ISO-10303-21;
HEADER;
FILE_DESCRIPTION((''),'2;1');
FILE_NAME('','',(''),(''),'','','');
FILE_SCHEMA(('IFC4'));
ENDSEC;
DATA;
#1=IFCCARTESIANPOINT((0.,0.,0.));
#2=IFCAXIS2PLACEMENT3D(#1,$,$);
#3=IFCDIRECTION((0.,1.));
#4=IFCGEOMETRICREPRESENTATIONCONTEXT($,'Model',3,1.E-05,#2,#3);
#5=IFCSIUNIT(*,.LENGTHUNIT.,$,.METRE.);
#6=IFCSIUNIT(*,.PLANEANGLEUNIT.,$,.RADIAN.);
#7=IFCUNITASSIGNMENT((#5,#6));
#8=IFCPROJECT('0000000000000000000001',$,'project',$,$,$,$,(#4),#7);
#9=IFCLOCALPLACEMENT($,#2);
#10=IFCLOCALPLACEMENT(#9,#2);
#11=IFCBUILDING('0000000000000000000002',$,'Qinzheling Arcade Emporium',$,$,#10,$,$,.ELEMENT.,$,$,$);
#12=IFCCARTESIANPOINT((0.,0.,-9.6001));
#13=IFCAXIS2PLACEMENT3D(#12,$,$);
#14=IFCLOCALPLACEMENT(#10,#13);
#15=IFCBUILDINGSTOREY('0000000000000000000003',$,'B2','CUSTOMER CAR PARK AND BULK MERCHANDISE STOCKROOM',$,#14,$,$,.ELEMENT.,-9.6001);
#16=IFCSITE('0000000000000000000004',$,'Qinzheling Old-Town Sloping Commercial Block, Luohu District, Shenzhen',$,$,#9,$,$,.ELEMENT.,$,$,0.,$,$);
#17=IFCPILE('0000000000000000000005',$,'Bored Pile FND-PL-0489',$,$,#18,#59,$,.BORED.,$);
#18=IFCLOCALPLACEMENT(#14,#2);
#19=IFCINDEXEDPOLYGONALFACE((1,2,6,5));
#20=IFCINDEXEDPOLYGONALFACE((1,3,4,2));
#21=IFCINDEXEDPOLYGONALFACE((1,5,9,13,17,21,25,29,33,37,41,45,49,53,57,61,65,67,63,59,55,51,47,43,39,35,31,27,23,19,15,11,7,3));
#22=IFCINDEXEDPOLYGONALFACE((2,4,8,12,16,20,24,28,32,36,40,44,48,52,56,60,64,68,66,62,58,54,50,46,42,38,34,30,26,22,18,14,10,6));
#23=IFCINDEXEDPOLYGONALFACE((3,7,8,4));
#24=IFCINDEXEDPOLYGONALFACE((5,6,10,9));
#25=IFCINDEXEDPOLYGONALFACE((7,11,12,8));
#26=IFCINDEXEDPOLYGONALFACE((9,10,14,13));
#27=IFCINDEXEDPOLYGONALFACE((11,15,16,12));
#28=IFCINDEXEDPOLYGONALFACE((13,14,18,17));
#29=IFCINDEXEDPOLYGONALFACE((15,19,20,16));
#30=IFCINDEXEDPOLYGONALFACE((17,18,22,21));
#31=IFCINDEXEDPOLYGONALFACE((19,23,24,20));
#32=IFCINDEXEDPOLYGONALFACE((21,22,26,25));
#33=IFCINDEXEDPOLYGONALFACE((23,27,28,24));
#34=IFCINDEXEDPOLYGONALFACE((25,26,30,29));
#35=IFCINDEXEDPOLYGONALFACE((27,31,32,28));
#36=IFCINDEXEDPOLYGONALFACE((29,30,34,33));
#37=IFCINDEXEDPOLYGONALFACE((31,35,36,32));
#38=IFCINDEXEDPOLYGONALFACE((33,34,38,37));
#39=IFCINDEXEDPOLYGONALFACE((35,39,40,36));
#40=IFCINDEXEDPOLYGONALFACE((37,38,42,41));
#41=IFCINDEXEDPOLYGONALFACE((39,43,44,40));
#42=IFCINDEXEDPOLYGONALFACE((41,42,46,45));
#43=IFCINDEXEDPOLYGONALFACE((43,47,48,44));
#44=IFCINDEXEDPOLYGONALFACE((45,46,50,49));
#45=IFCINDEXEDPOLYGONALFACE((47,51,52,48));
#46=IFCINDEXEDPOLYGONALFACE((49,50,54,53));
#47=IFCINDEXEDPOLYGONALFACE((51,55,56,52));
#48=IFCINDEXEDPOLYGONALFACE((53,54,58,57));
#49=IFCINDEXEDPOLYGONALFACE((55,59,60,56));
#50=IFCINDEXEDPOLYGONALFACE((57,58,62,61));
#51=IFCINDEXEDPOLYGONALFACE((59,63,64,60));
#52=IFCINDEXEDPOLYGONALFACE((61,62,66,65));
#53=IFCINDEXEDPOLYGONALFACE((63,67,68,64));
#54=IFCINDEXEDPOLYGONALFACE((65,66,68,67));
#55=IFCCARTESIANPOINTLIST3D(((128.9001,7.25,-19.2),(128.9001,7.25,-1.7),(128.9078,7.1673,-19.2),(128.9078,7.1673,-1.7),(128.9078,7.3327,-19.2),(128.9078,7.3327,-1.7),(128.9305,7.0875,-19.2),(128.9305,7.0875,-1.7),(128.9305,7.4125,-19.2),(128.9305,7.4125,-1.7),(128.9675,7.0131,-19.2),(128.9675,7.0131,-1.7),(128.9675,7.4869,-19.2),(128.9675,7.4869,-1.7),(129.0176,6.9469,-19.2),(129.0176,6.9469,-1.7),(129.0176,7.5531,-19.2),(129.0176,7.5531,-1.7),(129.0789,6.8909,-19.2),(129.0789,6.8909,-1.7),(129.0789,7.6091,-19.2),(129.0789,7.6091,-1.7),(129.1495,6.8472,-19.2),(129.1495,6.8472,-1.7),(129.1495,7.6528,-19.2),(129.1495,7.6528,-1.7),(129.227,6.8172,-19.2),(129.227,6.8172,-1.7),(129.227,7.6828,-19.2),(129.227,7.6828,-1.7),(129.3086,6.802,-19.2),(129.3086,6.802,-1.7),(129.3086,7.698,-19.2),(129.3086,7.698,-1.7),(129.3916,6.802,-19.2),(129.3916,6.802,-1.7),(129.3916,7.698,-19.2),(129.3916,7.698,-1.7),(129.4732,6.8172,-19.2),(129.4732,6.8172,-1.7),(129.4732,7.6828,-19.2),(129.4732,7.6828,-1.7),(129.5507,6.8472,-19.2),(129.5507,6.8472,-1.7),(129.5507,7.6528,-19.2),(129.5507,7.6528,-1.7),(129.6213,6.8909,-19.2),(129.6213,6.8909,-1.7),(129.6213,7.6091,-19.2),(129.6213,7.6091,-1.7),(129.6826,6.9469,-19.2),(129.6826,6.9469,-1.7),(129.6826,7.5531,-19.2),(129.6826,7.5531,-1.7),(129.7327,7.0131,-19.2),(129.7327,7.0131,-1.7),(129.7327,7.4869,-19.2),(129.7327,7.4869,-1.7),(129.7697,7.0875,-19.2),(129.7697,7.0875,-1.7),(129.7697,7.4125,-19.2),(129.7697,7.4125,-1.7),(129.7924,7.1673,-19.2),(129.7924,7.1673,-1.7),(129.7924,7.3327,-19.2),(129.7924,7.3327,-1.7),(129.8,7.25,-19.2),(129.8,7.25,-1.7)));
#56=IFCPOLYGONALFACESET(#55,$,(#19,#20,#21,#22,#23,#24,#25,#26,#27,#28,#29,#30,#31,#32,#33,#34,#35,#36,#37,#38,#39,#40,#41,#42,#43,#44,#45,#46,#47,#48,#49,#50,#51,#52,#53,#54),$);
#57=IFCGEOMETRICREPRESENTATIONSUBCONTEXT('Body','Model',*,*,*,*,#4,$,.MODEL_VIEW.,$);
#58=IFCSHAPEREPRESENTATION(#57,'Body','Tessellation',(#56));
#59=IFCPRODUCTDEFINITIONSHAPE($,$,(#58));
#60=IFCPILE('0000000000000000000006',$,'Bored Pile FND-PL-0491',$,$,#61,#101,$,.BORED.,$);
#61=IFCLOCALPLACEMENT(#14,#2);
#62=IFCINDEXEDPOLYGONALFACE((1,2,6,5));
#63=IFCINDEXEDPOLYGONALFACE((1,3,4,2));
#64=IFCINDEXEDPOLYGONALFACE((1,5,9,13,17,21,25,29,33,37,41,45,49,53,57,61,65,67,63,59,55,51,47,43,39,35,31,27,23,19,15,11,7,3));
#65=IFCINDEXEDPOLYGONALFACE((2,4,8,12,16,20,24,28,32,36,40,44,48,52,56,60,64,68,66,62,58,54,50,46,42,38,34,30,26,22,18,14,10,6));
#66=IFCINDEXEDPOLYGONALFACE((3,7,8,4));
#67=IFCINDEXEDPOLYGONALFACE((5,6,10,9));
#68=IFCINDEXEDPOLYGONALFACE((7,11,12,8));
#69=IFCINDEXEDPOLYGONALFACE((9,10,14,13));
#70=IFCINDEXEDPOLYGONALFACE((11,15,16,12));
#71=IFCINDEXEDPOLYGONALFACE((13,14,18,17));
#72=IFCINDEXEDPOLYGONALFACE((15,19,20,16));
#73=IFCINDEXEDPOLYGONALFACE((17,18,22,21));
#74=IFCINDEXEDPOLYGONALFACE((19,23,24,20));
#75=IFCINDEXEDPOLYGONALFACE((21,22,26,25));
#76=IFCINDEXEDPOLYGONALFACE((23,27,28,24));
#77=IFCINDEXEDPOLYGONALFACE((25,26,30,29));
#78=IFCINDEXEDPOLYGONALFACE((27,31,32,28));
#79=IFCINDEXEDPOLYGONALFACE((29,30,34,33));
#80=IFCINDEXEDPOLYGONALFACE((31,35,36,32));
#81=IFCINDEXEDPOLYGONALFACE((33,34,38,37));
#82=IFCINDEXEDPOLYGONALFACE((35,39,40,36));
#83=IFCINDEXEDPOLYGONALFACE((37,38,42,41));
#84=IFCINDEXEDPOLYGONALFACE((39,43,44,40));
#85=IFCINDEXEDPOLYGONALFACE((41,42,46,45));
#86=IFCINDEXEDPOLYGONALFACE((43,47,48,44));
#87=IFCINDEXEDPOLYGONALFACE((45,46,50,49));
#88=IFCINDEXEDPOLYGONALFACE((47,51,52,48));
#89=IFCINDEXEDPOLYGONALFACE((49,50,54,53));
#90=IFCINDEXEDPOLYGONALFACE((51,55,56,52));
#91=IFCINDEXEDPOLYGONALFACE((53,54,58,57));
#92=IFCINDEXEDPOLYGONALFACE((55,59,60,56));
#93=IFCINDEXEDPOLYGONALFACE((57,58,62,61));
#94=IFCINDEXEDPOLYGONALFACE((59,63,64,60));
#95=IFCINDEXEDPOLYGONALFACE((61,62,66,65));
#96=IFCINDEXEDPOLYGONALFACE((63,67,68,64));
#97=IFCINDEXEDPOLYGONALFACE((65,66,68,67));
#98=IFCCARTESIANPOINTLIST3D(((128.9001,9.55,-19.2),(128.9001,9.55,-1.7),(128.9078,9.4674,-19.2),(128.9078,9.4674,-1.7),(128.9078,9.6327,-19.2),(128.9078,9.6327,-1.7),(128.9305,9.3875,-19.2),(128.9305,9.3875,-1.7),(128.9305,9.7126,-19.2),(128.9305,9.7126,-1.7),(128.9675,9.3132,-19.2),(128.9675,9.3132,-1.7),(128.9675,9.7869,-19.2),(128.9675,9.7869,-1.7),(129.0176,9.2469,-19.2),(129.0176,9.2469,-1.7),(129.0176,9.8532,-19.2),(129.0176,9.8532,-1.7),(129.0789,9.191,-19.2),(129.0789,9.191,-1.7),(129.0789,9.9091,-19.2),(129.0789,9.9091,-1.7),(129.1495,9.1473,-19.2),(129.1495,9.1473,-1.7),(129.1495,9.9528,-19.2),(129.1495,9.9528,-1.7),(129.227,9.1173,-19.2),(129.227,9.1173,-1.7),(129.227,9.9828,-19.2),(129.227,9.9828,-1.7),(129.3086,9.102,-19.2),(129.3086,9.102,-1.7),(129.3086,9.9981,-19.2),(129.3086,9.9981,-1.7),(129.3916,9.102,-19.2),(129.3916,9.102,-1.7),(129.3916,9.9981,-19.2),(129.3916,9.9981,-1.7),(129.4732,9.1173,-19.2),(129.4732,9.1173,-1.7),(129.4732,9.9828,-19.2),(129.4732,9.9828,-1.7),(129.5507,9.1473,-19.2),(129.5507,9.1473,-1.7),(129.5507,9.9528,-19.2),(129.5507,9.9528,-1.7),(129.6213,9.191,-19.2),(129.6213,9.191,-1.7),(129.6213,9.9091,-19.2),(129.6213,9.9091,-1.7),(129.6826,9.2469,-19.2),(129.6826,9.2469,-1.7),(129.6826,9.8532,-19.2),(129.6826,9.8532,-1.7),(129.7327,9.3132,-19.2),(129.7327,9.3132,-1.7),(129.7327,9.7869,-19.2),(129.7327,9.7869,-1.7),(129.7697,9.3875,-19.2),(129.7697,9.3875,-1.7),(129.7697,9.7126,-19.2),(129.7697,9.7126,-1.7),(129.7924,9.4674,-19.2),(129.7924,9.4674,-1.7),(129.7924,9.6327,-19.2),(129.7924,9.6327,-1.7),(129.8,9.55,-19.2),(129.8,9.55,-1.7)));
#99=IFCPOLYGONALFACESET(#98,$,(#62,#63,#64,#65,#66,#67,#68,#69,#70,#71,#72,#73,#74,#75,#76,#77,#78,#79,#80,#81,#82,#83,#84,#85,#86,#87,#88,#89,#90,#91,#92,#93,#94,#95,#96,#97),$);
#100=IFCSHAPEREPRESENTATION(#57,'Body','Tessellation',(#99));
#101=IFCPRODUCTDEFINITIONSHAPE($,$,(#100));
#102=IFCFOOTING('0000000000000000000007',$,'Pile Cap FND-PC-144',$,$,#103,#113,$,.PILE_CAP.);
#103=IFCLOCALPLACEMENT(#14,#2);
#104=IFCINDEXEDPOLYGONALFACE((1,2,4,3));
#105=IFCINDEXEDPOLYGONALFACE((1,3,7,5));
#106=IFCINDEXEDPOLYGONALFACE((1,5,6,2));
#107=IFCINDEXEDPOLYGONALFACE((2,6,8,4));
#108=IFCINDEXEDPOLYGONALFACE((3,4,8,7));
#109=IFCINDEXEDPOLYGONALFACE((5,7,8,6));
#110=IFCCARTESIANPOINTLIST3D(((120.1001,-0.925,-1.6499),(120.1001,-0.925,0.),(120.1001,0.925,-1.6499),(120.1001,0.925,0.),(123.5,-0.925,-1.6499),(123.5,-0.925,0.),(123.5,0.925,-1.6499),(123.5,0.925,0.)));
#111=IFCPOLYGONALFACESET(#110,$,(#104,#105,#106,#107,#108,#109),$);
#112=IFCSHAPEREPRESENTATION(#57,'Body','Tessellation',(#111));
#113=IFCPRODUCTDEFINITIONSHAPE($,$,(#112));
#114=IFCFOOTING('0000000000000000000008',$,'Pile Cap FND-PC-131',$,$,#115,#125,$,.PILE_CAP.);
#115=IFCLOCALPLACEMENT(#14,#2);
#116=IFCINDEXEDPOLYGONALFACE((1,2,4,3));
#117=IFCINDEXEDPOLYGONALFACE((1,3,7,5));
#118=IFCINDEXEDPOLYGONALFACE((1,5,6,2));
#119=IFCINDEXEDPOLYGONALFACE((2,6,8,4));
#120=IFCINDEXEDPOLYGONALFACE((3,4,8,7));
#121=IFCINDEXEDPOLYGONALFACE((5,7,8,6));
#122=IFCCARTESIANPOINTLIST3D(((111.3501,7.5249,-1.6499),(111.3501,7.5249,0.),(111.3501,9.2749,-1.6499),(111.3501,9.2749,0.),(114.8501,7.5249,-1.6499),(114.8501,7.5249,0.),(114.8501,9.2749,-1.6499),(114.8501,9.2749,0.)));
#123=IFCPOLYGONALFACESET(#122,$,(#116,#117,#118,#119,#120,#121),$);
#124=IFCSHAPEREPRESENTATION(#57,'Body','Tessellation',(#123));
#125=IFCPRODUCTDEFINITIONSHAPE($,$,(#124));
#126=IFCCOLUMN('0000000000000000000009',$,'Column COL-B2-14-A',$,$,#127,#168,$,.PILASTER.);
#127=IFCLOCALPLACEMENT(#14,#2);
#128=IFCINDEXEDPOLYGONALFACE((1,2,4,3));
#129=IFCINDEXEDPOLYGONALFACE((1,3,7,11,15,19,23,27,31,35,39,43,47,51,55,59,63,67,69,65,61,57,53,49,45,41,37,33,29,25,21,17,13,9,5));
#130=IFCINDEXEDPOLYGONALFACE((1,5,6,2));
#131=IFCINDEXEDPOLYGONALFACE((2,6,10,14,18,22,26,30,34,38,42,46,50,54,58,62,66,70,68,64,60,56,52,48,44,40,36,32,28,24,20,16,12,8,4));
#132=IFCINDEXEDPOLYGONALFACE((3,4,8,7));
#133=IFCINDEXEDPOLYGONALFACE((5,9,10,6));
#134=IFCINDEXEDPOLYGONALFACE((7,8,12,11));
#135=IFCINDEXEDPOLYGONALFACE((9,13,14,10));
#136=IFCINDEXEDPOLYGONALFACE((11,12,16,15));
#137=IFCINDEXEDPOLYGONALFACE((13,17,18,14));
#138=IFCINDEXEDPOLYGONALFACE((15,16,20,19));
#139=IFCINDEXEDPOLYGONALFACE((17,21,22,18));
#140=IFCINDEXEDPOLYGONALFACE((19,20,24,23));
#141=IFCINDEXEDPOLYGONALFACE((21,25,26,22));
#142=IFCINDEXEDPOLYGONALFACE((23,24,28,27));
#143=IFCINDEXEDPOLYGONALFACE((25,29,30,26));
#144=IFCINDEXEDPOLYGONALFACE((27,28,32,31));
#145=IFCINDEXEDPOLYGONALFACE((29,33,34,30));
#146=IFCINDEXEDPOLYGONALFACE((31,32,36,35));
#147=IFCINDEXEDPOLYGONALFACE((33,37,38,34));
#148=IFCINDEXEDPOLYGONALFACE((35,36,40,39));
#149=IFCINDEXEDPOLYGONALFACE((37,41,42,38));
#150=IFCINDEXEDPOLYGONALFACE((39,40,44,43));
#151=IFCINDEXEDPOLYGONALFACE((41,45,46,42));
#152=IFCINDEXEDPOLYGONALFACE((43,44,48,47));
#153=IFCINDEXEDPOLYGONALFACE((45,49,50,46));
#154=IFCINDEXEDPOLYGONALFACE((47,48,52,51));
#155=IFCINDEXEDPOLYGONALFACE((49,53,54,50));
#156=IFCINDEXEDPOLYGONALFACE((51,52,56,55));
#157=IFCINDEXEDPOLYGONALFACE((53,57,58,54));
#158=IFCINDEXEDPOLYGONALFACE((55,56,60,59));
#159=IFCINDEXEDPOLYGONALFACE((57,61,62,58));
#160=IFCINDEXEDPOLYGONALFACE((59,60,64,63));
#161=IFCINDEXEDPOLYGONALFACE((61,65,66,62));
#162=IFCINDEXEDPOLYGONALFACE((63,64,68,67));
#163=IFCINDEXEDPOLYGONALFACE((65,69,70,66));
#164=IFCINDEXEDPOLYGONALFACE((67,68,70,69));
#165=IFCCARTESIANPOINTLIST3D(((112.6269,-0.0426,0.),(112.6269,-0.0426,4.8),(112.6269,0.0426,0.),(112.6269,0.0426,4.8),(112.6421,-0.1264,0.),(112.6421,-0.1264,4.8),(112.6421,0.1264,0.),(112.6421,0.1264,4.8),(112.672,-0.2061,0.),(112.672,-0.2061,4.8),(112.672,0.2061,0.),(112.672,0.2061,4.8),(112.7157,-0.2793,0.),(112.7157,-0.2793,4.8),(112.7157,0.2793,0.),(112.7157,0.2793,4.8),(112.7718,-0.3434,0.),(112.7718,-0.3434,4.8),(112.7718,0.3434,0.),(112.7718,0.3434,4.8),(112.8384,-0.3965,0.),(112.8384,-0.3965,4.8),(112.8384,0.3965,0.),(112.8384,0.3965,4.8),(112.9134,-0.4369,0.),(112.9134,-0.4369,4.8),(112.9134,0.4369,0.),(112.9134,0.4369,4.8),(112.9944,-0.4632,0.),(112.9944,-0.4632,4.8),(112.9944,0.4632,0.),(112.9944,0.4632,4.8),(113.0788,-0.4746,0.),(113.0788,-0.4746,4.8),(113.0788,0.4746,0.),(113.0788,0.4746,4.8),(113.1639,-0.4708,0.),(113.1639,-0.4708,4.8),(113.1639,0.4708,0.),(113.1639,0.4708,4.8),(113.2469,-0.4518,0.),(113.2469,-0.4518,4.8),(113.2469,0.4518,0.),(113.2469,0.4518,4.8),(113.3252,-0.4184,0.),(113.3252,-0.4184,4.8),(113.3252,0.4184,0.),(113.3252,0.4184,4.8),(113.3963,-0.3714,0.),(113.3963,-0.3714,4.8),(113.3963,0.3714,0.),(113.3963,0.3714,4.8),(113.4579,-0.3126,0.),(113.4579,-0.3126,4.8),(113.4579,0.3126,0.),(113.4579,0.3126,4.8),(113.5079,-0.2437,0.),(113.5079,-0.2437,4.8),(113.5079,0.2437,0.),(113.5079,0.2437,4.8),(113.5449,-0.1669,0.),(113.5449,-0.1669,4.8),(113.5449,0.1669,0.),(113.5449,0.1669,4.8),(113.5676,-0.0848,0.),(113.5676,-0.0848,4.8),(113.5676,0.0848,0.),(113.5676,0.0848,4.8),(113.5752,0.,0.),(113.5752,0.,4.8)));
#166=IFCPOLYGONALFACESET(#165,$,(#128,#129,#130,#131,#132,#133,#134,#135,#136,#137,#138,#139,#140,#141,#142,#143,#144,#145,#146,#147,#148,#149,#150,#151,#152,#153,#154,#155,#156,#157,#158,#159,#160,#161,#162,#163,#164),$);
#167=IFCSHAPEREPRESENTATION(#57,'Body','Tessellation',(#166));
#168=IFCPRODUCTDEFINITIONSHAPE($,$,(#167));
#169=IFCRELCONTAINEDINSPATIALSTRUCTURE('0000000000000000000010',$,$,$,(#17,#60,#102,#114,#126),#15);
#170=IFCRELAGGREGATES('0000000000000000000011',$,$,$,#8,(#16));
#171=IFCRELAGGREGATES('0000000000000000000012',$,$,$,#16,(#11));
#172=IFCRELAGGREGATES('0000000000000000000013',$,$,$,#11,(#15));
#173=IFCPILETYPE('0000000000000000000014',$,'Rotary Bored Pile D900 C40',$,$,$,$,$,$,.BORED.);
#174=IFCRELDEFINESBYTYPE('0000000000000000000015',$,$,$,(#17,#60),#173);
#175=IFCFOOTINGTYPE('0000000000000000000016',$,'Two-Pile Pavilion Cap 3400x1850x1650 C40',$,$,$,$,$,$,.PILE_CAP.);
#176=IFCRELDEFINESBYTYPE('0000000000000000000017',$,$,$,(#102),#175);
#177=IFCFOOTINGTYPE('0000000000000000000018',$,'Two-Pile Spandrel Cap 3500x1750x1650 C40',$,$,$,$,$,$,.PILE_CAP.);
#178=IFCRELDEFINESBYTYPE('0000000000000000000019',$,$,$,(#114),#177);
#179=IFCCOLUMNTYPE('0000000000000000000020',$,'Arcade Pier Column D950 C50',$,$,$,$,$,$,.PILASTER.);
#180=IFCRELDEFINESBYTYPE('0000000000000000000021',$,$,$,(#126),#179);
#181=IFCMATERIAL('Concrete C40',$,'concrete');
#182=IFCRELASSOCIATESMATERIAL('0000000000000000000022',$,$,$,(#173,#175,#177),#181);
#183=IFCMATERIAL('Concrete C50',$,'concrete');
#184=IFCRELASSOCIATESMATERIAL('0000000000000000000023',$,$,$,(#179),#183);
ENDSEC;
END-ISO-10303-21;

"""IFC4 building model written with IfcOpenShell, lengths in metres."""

from ifc_helpers import new_model, si_unit, direction, frame, origin, origin_2d, place, context, subcontext, project, spatial, rectangle, circle, extrude, material, material_profile, profile_set, type_object, element, save


model = new_model("IFC4")

# Units and contexts
model_context = context("Model", 3, precision=1e-05, world=origin(), true_north=direction((0.0, 1.0)))
body_context = subcontext(model_context, "Body", "Model", "MODEL_VIEW")
ifc_project = project(units=[si_unit("LENGTHUNIT", "METRE"), si_unit("PLANEANGLEUNIT", "RADIAN")], contexts=[model_context])

# Site, building, storey
site_placement = place(None, origin())
site = spatial("IfcSite", under=ifc_project, at=site_placement, Name="Qinzheling Old-Town Sloping Commercial Block, Luohu District, Shenzhen", CompositionType="ELEMENT", RefElevation=0.0)
building_placement = place(site_placement, origin())
building = spatial("IfcBuilding", under=site, at=building_placement, Name="Qinzheling Arcade Emporium", CompositionType="ELEMENT")
storey_placement = place(building_placement, frame((0.0, 0.0, -9.6001)))
storey = spatial("IfcBuildingStorey", under=building, at=storey_placement, Name="B2", Description="CUSTOMER CAR PARK AND BULK MERCHANDISE STOCKROOM", CompositionType="ELEMENT", Elevation=-9.6001)

# Shared definitions
ifc_material_1 = material(Name="Concrete C40", Category="concrete")

# Piles
ifc_material_profile_1 = material_profile(ifc_material_1, circle(Radius=0.45, at=origin_2d()), Name="BORED D900", Category="concrete")
ifc_profile_set_1 = profile_set([ifc_material_profile_1], Name="Concrete C40")
pile_type_1 = type_object("IfcPileType", Name="Rotary Bored Pile D900 C40", PredefinedType="BORED", material=ifc_profile_set_1)
for number, where, z_axis, x_axis, name in (
    (1, (129.3501, 7.25, -1.7), (0.0, 0.0, -1.0), (1.0, 0.0, 0.0), "Bored Pile FND-PL-0489"),
    (2, (129.3501, 9.55, -1.7), (0.0, 0.0, -1.0), (1.0, 0.0, 0.0), "Bored Pile FND-PL-0491"),
):
    element("IfcPile", number, at=place(storey_placement, frame(where, z_axis=z_axis, x_axis=x_axis)), inside=storey, type_object=pile_type_1, Name=name, PredefinedType="BORED", context=body_context, shape_type="SweptSolid", body=[
        extrude(circle(Radius=0.45, at=origin_2d()), origin(), (0.0, 0.0, 1.0), 17.5),
    ])

# Footings
footing_type_1 = type_object("IfcFootingType", Name="Two-Pile Pavilion Cap 3400x1850x1650 C40", PredefinedType="PILE_CAP", material=ifc_material_1)
footing_1_placement = place(storey_placement, frame((121.8, 0.0, -1.6499), z_axis=(0.0, 0.0, 1.0), x_axis=(1.0, 0.0, 0.0)))
element("IfcFooting", 3, at=footing_1_placement, inside=storey, type_object=footing_type_1, Name="Pile Cap FND-PC-144", PredefinedType="PILE_CAP", context=body_context, shape_type="SweptSolid", body=[
    extrude(rectangle(XDim=3.3999, YDim=1.8501, at=origin_2d()), origin(), (0.0, 0.0, 1.0), 1.6499),
])
footing_type_2 = type_object("IfcFootingType", Name="Two-Pile Spandrel Cap 3500x1750x1650 C40", PredefinedType="PILE_CAP", material=ifc_material_1)
footing_2_placement = place(storey_placement, frame((113.1001, 8.3999, -1.6499), z_axis=(0.0, 0.0, 1.0), x_axis=(1.0, 0.0, 0.0)))
element("IfcFooting", 4, at=footing_2_placement, inside=storey, type_object=footing_type_2, Name="Pile Cap FND-PC-131", PredefinedType="PILE_CAP", context=body_context, shape_type="SweptSolid", body=[
    extrude(rectangle(XDim=3.5, YDim=1.75, at=origin_2d()), origin(), (0.0, 0.0, 1.0), 1.6499),
])

# Column
ifc_material_2 = material(Name="Concrete C50", Category="concrete")
ifc_material_profile_2 = material_profile(ifc_material_2, circle(Radius=0.4751, at=origin_2d()), Name="RC D950", Category="concrete")
ifc_profile_set_2 = profile_set([ifc_material_profile_2], Name="Concrete C50")
column_type_1 = type_object("IfcColumnType", Name="Arcade Pier Column D950 C50", PredefinedType="PILASTER", material=ifc_profile_set_2)
for number, where, z_axis, x_axis, name in (
    (5, (113.1001, 0.0, 0.0), (0.0, 0.0, 1.0), (1.0, 0.0, 0.0), "Column COL-B2-14-A"),
):
    element("IfcColumn", number, at=place(storey_placement, frame(where, z_axis=z_axis, x_axis=x_axis)), inside=storey, type_object=column_type_1, Name=name, PredefinedType="PILASTER", context=body_context, shape_type="SweptSolid", body=[
        extrude(circle(Radius=0.4751, at=origin_2d()), origin(), (0.0, 0.0, 1.0), 4.8),
    ])

save(model, "model.ifc")
